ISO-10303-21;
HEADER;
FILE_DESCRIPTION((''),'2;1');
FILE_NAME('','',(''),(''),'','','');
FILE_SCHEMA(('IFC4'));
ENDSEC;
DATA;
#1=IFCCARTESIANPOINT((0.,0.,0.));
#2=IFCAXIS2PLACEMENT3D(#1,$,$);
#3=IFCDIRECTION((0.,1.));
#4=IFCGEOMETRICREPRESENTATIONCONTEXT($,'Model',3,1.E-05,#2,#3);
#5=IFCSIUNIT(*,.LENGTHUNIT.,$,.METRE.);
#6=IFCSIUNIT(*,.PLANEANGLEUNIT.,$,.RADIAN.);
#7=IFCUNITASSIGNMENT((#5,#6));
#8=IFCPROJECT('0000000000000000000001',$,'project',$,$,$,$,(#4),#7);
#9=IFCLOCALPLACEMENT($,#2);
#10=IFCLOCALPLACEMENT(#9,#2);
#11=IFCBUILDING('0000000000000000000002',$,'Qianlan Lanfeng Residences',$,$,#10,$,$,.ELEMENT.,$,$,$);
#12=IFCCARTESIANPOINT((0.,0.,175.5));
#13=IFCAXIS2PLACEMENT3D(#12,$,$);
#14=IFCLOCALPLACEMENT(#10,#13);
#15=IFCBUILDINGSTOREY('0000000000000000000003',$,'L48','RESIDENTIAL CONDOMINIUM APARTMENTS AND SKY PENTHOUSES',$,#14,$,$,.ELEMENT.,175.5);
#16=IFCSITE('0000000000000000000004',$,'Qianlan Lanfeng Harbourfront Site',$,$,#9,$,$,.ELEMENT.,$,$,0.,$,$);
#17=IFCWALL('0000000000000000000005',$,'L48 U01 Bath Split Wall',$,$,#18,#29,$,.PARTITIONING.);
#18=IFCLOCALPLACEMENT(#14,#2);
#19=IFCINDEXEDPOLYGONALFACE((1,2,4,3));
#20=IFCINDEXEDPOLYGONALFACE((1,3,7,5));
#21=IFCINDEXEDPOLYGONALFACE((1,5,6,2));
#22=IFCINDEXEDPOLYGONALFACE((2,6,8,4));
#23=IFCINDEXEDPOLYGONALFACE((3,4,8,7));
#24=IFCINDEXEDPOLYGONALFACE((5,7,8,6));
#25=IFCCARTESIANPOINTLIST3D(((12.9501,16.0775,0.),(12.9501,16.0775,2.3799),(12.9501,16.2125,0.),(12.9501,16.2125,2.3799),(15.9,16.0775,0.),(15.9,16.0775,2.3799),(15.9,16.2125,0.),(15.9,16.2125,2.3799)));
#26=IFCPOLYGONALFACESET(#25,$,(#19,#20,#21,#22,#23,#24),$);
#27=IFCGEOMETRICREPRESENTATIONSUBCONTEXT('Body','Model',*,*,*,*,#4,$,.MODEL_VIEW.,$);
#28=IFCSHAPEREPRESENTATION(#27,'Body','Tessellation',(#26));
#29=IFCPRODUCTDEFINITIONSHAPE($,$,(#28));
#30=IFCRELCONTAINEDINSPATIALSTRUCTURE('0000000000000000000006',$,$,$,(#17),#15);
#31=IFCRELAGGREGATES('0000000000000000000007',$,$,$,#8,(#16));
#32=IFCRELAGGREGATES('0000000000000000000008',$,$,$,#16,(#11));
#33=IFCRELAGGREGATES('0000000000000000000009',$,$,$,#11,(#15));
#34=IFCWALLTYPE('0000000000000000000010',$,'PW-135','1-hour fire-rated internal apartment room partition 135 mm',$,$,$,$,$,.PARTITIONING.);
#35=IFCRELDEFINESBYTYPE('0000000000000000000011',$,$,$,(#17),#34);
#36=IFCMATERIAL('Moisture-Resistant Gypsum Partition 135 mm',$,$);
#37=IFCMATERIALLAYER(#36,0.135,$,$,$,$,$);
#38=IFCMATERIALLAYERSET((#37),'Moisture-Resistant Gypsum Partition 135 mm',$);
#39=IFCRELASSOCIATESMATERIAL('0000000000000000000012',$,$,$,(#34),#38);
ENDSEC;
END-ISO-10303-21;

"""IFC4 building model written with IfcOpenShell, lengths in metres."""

from ifc_helpers import new_model, si_unit, direction, frame, frame_2d, origin, place, context, subcontext, project, spatial, rectangle, extrude, material, layer, layer_set, type_object, element, save


model = new_model("IFC4")

# Units and contexts
model_context = context("Model", 3, precision=1e-05, world=origin(), true_north=direction((0.0, 1.0)))
body_context = subcontext(model_context, "Body", "Model", "MODEL_VIEW")
ifc_project = project(units=[si_unit("LENGTHUNIT", "METRE"), si_unit("PLANEANGLEUNIT", "RADIAN")], contexts=[model_context])

# Site, building, storey
site_placement = place(None, origin())
site = spatial("IfcSite", under=ifc_project, at=site_placement, Name="Qianlan Lanfeng Harbourfront Site", CompositionType="ELEMENT", RefElevation=0.0)
building_placement = place(site_placement, origin())
building = spatial("IfcBuilding", under=site, at=building_placement, Name="Qianlan Lanfeng Residences", CompositionType="ELEMENT")
storey_placement = place(building_placement, frame((0.0, 0.0, 175.5)))
storey = spatial("IfcBuildingStorey", under=building, at=storey_placement, Name="L48", Description="RESIDENTIAL CONDOMINIUM APARTMENTS AND SKY PENTHOUSES", CompositionType="ELEMENT", Elevation=175.5)

# Shared definitions
ifc_material_1 = material(Name="Moisture-Resistant Gypsum Partition 135 mm")
ifc_layer_1 = layer(ifc_material_1, 0.135)
ifc_layer_set_1 = layer_set([ifc_layer_1], Name="Moisture-Resistant Gypsum Partition 135 mm")
wall_type_1 = type_object("IfcWallType", Name="PW-135", Description="1-hour fire-rated internal apartment room partition 135 mm", PredefinedType="PARTITIONING", material=ifc_layer_set_1)

# Wall
wall_1_placement = place(storey_placement, frame((12.95, 16.145, 0.0), z_axis=(0.0, 0.0, 1.0), x_axis=(1.0, 0.0, 0.0)))
element("IfcWall", 1, at=wall_1_placement, inside=storey, type_object=wall_type_1, Name="L48 U01 Bath Split Wall", PredefinedType="PARTITIONING", context=body_context, shape_type="SweptSolid", body=[
    extrude(rectangle(XDim=2.95, YDim=0.135, at=frame_2d((1.4751, 0.0))), origin(), (0.0, 0.0, 1.0), 2.3799),
])

save(model, "model.ifc")
